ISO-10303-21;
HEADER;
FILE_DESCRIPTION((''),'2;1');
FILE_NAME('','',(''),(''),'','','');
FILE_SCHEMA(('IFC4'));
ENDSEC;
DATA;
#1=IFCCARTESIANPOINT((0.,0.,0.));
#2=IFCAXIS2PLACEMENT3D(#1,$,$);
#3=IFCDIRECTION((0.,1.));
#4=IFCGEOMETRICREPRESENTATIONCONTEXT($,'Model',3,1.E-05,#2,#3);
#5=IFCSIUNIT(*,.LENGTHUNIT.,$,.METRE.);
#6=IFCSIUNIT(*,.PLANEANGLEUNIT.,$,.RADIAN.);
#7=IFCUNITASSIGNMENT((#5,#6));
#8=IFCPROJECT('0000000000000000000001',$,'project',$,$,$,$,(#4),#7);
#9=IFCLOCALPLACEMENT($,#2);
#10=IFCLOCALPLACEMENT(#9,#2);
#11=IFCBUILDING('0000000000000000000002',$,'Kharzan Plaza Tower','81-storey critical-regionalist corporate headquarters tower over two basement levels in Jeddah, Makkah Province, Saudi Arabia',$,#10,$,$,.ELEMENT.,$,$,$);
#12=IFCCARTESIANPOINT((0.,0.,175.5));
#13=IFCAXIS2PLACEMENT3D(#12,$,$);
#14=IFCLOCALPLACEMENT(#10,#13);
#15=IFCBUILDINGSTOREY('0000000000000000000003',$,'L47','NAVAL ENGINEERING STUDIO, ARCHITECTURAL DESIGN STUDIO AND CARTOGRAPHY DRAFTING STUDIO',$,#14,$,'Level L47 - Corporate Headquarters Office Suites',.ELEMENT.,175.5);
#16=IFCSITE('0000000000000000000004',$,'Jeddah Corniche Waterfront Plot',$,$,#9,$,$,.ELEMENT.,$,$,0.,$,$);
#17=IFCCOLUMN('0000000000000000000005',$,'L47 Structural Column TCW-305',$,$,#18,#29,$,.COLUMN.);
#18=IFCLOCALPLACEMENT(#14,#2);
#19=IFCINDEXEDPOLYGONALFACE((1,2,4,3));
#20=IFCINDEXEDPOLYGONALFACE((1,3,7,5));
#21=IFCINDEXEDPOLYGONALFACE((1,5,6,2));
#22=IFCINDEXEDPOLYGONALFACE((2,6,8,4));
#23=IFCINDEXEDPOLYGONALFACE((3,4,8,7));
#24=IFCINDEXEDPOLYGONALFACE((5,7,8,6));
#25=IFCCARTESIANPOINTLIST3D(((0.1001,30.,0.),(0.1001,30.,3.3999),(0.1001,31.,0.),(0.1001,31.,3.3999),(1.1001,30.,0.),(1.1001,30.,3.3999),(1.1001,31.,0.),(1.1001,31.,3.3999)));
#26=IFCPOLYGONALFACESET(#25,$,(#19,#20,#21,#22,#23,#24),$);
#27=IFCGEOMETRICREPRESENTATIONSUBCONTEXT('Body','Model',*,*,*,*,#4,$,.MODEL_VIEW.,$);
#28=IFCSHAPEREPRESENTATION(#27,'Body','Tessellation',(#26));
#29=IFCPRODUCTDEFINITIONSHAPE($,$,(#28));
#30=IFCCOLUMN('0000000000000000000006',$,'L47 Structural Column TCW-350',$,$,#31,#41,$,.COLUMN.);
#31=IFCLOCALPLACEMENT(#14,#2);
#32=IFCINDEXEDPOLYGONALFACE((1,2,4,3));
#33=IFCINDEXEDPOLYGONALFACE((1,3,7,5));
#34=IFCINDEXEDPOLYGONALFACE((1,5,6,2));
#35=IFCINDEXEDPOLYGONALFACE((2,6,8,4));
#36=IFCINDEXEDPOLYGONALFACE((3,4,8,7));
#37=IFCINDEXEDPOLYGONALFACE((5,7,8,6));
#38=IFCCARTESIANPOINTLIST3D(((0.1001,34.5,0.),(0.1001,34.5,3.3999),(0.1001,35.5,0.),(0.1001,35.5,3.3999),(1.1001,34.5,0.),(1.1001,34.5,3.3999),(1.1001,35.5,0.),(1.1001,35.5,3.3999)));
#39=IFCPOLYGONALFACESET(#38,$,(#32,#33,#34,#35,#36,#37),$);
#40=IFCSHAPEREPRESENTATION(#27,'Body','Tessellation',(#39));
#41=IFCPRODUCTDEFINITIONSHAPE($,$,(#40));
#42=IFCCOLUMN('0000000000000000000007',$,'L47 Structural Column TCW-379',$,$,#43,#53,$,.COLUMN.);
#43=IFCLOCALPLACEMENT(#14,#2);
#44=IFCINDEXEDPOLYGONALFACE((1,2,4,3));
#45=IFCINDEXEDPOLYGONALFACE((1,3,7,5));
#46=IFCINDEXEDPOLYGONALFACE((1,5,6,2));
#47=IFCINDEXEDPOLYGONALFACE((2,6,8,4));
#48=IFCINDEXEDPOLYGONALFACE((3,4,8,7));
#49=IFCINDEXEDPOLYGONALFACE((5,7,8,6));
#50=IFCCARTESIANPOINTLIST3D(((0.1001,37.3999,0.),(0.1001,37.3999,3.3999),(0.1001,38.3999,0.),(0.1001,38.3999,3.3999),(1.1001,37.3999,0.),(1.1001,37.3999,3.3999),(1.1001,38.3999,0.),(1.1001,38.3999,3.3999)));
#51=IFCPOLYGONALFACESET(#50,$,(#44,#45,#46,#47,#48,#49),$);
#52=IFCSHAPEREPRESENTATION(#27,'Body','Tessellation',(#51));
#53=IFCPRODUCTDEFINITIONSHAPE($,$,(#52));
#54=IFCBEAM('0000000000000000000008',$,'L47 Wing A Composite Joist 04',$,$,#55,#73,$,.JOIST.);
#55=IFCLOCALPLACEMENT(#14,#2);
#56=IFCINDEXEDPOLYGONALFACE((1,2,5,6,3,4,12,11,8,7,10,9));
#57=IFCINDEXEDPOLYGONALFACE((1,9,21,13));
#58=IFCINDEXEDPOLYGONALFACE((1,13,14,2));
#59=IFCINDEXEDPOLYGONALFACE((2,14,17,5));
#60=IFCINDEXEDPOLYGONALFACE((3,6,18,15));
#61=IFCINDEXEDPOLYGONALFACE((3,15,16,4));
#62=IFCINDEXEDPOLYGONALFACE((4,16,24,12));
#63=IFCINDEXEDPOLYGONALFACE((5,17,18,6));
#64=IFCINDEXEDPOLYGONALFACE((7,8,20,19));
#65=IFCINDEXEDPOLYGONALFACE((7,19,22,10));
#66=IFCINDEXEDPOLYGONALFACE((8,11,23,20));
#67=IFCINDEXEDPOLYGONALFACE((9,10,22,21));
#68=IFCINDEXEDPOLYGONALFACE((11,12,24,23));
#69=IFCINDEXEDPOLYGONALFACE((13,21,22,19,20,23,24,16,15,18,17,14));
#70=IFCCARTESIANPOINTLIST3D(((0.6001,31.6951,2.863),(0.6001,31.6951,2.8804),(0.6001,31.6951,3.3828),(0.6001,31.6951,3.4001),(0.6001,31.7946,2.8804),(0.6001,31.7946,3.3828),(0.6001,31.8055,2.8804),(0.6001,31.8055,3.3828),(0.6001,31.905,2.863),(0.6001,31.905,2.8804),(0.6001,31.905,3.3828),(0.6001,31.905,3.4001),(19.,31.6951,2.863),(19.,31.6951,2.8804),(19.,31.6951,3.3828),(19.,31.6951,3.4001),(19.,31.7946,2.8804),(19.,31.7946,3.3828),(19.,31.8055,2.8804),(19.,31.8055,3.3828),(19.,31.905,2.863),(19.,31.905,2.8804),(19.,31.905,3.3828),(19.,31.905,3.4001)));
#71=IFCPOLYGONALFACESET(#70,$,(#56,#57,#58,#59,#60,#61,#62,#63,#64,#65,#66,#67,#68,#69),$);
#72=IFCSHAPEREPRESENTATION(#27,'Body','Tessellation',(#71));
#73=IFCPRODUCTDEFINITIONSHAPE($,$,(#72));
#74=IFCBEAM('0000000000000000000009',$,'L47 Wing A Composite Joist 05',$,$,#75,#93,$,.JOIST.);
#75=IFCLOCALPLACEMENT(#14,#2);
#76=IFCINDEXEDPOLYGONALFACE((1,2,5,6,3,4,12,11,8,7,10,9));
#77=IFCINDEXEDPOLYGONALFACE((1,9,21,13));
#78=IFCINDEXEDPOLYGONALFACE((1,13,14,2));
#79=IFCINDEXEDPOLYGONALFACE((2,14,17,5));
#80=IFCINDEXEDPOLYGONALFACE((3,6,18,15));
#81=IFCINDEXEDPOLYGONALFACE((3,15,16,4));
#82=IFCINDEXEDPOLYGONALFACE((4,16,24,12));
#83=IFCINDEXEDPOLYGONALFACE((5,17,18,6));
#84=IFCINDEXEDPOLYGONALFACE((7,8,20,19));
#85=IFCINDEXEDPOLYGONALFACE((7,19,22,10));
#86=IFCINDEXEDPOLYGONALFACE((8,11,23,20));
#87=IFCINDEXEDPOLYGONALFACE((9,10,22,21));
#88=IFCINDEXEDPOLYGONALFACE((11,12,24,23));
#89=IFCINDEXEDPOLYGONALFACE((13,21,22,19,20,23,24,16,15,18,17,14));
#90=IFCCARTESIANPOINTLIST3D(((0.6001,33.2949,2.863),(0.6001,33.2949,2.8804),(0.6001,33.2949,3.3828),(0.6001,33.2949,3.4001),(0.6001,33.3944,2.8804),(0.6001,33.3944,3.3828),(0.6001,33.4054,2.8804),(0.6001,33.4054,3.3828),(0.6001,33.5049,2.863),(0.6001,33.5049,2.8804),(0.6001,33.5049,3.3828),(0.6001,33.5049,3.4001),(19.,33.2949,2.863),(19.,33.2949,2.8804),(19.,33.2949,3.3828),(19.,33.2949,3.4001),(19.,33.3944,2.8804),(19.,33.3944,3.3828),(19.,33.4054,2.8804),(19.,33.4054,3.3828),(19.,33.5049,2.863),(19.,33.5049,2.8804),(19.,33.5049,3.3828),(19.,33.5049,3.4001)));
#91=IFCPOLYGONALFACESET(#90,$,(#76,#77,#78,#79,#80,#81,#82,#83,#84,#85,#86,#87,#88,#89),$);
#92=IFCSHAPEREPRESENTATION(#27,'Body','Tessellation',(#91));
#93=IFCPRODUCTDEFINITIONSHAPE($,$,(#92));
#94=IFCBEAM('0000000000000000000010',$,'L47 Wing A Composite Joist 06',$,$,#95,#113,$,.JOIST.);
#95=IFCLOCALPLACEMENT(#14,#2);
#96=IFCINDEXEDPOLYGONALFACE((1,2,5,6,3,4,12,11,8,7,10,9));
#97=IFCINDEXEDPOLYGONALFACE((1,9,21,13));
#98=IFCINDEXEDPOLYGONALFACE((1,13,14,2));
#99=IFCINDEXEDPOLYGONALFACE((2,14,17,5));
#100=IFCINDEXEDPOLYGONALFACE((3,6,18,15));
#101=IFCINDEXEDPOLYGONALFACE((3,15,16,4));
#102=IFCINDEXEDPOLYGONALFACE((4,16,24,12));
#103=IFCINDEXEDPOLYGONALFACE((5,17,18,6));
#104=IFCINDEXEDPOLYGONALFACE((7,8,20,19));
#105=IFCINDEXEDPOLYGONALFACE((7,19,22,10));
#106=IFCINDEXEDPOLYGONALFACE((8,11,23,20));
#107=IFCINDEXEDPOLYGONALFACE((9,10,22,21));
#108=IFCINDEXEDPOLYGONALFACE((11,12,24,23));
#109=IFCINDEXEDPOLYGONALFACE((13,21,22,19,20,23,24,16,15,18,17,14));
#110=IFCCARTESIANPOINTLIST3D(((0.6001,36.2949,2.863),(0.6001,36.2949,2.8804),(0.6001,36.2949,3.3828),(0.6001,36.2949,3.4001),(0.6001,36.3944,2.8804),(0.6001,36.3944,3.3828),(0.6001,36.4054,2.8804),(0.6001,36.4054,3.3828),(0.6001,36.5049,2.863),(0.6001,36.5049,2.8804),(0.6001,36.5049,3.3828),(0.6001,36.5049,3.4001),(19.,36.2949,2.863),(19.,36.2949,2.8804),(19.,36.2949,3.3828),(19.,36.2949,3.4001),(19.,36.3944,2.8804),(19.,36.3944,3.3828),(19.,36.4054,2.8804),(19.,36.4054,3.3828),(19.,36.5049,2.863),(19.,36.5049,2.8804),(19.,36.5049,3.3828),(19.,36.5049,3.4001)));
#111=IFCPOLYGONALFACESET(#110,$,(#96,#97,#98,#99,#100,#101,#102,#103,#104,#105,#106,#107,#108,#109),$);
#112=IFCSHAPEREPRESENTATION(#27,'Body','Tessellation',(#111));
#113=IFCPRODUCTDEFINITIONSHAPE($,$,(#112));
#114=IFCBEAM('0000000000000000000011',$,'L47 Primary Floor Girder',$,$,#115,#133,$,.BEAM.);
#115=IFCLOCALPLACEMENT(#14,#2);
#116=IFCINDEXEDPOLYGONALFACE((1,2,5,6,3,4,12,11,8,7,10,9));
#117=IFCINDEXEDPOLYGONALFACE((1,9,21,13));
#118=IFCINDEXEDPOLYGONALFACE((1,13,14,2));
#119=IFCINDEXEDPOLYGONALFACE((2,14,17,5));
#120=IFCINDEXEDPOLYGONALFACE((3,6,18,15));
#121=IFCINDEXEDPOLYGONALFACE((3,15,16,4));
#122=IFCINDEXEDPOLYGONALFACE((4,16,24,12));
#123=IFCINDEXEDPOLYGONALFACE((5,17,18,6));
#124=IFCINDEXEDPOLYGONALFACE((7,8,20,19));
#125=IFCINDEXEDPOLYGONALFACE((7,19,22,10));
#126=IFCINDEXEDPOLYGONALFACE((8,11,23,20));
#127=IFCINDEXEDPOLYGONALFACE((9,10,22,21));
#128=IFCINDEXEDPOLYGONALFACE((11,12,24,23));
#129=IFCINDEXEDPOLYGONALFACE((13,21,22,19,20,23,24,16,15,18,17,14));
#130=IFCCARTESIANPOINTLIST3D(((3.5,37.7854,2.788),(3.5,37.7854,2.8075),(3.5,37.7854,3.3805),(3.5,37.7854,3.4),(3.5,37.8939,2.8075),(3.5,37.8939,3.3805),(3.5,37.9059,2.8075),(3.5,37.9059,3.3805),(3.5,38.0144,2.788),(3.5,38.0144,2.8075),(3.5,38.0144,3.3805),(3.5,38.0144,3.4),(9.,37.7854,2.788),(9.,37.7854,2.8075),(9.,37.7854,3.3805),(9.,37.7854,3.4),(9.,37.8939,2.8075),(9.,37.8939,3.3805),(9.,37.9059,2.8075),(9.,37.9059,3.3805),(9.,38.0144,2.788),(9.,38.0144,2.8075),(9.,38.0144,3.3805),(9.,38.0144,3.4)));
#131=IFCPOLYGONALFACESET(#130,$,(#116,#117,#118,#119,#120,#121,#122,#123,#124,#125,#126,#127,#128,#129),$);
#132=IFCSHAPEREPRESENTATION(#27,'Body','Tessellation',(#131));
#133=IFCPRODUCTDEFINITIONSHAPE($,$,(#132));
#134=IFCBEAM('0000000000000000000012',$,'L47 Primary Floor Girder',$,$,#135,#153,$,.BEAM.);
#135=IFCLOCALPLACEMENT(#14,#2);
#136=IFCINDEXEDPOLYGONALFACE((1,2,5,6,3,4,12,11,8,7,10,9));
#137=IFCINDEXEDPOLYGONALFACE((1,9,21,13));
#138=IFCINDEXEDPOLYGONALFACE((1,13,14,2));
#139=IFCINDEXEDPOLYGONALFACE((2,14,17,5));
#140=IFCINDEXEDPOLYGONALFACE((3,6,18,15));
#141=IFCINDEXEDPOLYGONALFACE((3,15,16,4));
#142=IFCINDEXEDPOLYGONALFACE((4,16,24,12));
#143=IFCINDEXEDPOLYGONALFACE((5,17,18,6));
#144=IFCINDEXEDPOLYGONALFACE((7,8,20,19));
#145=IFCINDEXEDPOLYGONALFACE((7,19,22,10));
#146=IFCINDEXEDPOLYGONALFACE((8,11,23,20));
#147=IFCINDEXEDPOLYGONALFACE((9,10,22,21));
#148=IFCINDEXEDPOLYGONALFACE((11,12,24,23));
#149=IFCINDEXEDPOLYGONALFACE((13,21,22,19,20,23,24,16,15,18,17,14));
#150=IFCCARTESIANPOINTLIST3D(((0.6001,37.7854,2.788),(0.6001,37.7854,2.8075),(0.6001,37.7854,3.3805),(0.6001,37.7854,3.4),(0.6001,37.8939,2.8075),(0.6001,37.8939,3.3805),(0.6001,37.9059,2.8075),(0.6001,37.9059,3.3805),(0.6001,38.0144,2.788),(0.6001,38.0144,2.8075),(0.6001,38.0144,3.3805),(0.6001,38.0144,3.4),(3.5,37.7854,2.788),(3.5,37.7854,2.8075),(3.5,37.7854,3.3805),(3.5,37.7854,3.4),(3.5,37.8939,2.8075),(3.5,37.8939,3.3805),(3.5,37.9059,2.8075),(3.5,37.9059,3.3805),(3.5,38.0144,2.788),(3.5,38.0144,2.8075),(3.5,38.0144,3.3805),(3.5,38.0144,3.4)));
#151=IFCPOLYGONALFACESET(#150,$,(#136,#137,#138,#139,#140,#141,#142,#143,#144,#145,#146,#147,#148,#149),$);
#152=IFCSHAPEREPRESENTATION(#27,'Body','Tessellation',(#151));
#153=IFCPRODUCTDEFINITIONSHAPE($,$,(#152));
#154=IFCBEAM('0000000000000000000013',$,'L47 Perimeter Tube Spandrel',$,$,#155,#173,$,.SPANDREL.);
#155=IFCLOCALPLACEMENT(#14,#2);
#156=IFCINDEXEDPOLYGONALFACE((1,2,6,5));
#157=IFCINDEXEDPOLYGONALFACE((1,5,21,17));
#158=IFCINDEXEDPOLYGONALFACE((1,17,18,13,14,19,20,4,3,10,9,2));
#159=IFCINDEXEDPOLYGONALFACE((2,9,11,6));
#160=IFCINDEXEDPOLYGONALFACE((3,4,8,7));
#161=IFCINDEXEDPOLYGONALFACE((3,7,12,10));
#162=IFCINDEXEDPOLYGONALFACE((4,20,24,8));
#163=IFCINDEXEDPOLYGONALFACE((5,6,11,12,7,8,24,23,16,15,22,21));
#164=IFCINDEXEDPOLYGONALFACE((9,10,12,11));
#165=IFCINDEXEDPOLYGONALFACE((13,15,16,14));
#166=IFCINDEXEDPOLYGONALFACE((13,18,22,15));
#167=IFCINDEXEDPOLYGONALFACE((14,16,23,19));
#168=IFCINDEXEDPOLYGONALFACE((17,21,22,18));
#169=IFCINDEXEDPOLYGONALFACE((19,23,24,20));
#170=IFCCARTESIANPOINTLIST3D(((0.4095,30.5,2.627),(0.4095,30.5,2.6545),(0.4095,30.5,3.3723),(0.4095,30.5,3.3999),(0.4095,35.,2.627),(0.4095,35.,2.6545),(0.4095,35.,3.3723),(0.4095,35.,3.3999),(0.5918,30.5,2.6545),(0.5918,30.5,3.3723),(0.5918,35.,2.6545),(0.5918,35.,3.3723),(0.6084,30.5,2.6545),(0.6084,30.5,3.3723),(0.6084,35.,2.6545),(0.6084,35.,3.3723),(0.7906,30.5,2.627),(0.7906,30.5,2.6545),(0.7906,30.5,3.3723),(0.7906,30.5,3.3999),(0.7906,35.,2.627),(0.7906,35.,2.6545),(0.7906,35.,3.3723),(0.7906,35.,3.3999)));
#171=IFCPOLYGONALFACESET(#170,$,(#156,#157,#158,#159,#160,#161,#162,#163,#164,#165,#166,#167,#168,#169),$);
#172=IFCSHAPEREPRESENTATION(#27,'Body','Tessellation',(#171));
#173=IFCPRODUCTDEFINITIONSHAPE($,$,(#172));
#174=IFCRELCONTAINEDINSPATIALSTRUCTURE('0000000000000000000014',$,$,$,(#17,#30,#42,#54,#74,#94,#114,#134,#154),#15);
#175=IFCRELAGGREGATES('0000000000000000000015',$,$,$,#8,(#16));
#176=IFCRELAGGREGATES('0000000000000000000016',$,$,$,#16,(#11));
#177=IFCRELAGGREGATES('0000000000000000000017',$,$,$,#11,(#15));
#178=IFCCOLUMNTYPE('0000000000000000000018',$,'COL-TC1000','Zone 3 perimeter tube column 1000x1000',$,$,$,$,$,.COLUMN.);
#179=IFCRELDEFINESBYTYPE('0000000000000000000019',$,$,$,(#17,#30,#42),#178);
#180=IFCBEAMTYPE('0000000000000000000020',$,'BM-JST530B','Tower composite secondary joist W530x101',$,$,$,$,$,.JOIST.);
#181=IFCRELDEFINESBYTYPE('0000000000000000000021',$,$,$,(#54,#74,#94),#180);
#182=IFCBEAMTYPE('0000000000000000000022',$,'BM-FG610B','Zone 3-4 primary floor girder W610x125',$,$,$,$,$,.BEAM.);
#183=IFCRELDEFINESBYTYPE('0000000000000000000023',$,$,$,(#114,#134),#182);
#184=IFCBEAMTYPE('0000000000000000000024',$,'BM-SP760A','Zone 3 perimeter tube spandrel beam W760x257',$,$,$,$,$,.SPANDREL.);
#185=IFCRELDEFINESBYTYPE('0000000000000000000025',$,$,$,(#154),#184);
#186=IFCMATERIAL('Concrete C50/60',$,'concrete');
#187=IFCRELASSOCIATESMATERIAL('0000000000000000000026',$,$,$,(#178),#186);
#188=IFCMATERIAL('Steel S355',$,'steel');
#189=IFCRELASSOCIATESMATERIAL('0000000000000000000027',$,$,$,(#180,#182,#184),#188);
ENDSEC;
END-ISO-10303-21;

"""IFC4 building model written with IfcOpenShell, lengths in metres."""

from ifc_helpers import new_model, si_unit, direction, frame, origin, origin_2d, place, context, subcontext, project, spatial, rectangle, i_section, extrude, source, transform, mapped, material, material_profile, profile_set, type_object, element, save


model = new_model("IFC4")

# Units and contexts
model_context = context("Model", 3, precision=1e-05, world=origin(), true_north=direction((0.0, 1.0)))
body_context = subcontext(model_context, "Body", "Model", "MODEL_VIEW")
ifc_project = project(units=[si_unit("LENGTHUNIT", "METRE"), si_unit("PLANEANGLEUNIT", "RADIAN")], contexts=[model_context])

# Site, building, storey
site_placement = place(None, origin())
site = spatial("IfcSite", under=ifc_project, at=site_placement, Name="Jeddah Corniche Waterfront Plot", CompositionType="ELEMENT", RefElevation=0.0)
building_placement = place(site_placement, origin())
building = spatial("IfcBuilding", under=site, at=building_placement, Name="Kharzan Plaza Tower", Description="81-storey critical-regionalist corporate headquarters tower over two basement levels in Jeddah, Makkah Province, Saudi Arabia", CompositionType="ELEMENT")
storey_placement = place(building_placement, frame((0.0, 0.0, 175.5)))
storey = spatial("IfcBuildingStorey", under=building, at=storey_placement, Name="L47", Description="NAVAL ENGINEERING STUDIO, ARCHITECTURAL DESIGN STUDIO AND CARTOGRAPHY DRAFTING STUDIO", LongName="Level L47 - Corporate Headquarters Office Suites", CompositionType="ELEMENT", Elevation=175.5)

# Columns
ifc_material_1 = material(Name="Concrete C50/60", Category="concrete")
ifc_material_profile_1 = material_profile(ifc_material_1, rectangle(XDim=1.0, YDim=1.0, at=origin_2d()), Name="RC-TC1000x1000")
ifc_profile_set_1 = profile_set([ifc_material_profile_1], Name="Concrete C50/60")
column_type = type_object("IfcColumnType", Name="COL-TC1000", Description="Zone 3 perimeter tube column 1000x1000", PredefinedType="COLUMN", material=ifc_profile_set_1)
shared_shape_1 = source(origin(), body_context, "Body", "SweptSolid", [
    extrude(rectangle(XDim=1.0, YDim=1.0, at=origin_2d()), origin(), (0.0, 0.0, 1.0), 3.3999),
])
for number, where, z_axis, x_axis, name in (
    (1, (0.6001, 30.5, 0.0), (0.0, 0.0, 1.0), (1.0, 0.0, 0.0), "L47 Structural Column TCW-305"),
    (2, (0.6001, 35.0, 0.0), (0.0, 0.0, 1.0), (1.0, 0.0, 0.0), "L47 Structural Column TCW-350"),
    (3, (0.6001, 37.8999, 0.0), (0.0, 0.0, 1.0), (1.0, 0.0, 0.0), "L47 Structural Column TCW-379"),
):
    element("IfcColumn", number, at=place(storey_placement, frame(where, z_axis=z_axis, x_axis=x_axis)), inside=storey, type_object=column_type, Name=name, PredefinedType="COLUMN", context=body_context, shape_type="MappedRepresentation", body=[
        mapped(shared_shape_1, transform((0.0, 0.0, 0.0), x_axis=(1.0, 0.0, 0.0), y_axis=(0.0, 1.0, 0.0), z_axis=(0.0, 0.0, 1.0))),
    ])

# Beams
ifc_material_2 = material(Name="Steel S355", Category="steel")
ifc_material_profile_2 = material_profile(ifc_material_2, i_section(OverallWidth=0.21, OverallDepth=0.5371, WebThickness=0.011, FlangeThickness=0.0173, at=origin_2d()), Name="W530x101")
ifc_profile_set_2 = profile_set([ifc_material_profile_2], Name="Steel S355")
beam_type_1 = type_object("IfcBeamType", Name="BM-JST530B", Description="Tower composite secondary joist W530x101", PredefinedType="JOIST", material=ifc_profile_set_2)
shared_shape_2 = source(origin(), body_context, "Body", "SweptSolid", [
    extrude(i_section(OverallWidth=0.21, OverallDepth=0.5371, WebThickness=0.011, FlangeThickness=0.0173, at=origin_2d()), origin(), (0.0, 0.0, 1.0), 18.3999),
])
for number, where, z_axis, x_axis, name in (
    (4, (0.6001, 31.8, 3.1316), (1.0, 0.0, 0.0), (0.0, 1.0, 0.0), "L47 Wing A Composite Joist 04"),
    (5, (0.6001, 33.3999, 3.1316), (1.0, 0.0, 0.0), (0.0, 1.0, 0.0), "L47 Wing A Composite Joist 05"),
    (6, (0.6001, 36.3999, 3.1316), (1.0, 0.0, 0.0), (0.0, 1.0, 0.0), "L47 Wing A Composite Joist 06"),
):
    element("IfcBeam", number, at=place(storey_placement, frame(where, z_axis=z_axis, x_axis=x_axis)), inside=storey, type_object=beam_type_1, Name=name, PredefinedType="JOIST", context=body_context, shape_type="MappedRepresentation", body=[
        mapped(shared_shape_2, transform((0.0, 0.0, 0.0), x_axis=(1.0, 0.0, 0.0), y_axis=(0.0, 1.0, 0.0), z_axis=(0.0, 0.0, 1.0))),
    ])
ifc_material_profile_3 = material_profile(ifc_material_2, i_section(OverallWidth=0.229, OverallDepth=0.6121, WebThickness=0.012, FlangeThickness=0.0195, at=origin_2d()), Name="W610x125")
ifc_profile_set_3 = profile_set([ifc_material_profile_3], Name="Steel S355")
beam_type_2 = type_object("IfcBeamType", Name="BM-FG610B", Description="Zone 3-4 primary floor girder W610x125", PredefinedType="BEAM", material=ifc_profile_set_3)
shared_shape_3 = source(origin(), body_context, "Body", "SweptSolid", [
    extrude(i_section(OverallWidth=0.229, OverallDepth=0.6121, WebThickness=0.012, FlangeThickness=0.0195, at=origin_2d()), origin(), (0.0, 0.0, 1.0), 5.5),
])
beam_1_placement = place(storey_placement, frame((3.5, 37.8999, 3.094), z_axis=(1.0, 0.0, 0.0), x_axis=(0.0, 1.0, 0.0)))
element("IfcBeam", 7, at=beam_1_placement, inside=storey, type_object=beam_type_2, Name="L47 Primary Floor Girder", PredefinedType="BEAM", context=body_context, shape_type="MappedRepresentation", body=[
    mapped(shared_shape_3, transform((0.0, 0.0, 0.0), x_axis=(1.0, 0.0, 0.0), y_axis=(0.0, 1.0, 0.0), z_axis=(0.0, 0.0, 1.0))),
])
shared_shape_4 = source(origin(), body_context, "Body", "SweptSolid", [
    extrude(i_section(OverallWidth=0.229, OverallDepth=0.6121, WebThickness=0.012, FlangeThickness=0.0195, at=origin_2d()), origin(), (0.0, 0.0, 1.0), 2.8999),
])
beam_2_placement = place(storey_placement, frame((0.6001, 37.8999, 3.094), z_axis=(1.0, 0.0, 0.0), x_axis=(0.0, 1.0, 0.0)))
element("IfcBeam", 8, at=beam_2_placement, inside=storey, type_object=beam_type_2, Name="L47 Primary Floor Girder", PredefinedType="BEAM", context=body_context, shape_type="MappedRepresentation", body=[
    mapped(shared_shape_4, transform((0.0, 0.0, 0.0), x_axis=(1.0, 0.0, 0.0), y_axis=(0.0, 1.0, 0.0), z_axis=(0.0, 0.0, 1.0))),
])
ifc_material_profile_4 = material_profile(ifc_material_2, i_section(OverallWidth=0.3811, OverallDepth=0.7729, WebThickness=0.0166, FlangeThickness=0.0276, at=origin_2d()), Name="W760x257")
ifc_profile_set_4 = profile_set([ifc_material_profile_4], Name="Steel S355")
beam_type_3 = type_object("IfcBeamType", Name="BM-SP760A", Description="Zone 3 perimeter tube spandrel beam W760x257", PredefinedType="SPANDREL", material=ifc_profile_set_4)
shared_shape_5 = source(origin(), body_context, "Body", "SweptSolid", [
    extrude(i_section(OverallWidth=0.3811, OverallDepth=0.7729, WebThickness=0.0166, FlangeThickness=0.0276, at=origin_2d()), origin(), (0.0, 0.0, 1.0), 4.5),
])
beam_3_placement = place(storey_placement, frame((0.6001, 30.5, 3.0134), z_axis=(0.0, 1.0, 0.0), x_axis=(-1.0, 0.0, 0.0)))
element("IfcBeam", 9, at=beam_3_placement, inside=storey, type_object=beam_type_3, Name="L47 Perimeter Tube Spandrel", PredefinedType="SPANDREL", context=body_context, shape_type="MappedRepresentation", body=[
    mapped(shared_shape_5, transform((0.0, 0.0, 0.0), x_axis=(1.0, 0.0, 0.0), y_axis=(0.0, 1.0, 0.0), z_axis=(0.0, 0.0, 1.0))),
])

save(model, "model.ifc")
